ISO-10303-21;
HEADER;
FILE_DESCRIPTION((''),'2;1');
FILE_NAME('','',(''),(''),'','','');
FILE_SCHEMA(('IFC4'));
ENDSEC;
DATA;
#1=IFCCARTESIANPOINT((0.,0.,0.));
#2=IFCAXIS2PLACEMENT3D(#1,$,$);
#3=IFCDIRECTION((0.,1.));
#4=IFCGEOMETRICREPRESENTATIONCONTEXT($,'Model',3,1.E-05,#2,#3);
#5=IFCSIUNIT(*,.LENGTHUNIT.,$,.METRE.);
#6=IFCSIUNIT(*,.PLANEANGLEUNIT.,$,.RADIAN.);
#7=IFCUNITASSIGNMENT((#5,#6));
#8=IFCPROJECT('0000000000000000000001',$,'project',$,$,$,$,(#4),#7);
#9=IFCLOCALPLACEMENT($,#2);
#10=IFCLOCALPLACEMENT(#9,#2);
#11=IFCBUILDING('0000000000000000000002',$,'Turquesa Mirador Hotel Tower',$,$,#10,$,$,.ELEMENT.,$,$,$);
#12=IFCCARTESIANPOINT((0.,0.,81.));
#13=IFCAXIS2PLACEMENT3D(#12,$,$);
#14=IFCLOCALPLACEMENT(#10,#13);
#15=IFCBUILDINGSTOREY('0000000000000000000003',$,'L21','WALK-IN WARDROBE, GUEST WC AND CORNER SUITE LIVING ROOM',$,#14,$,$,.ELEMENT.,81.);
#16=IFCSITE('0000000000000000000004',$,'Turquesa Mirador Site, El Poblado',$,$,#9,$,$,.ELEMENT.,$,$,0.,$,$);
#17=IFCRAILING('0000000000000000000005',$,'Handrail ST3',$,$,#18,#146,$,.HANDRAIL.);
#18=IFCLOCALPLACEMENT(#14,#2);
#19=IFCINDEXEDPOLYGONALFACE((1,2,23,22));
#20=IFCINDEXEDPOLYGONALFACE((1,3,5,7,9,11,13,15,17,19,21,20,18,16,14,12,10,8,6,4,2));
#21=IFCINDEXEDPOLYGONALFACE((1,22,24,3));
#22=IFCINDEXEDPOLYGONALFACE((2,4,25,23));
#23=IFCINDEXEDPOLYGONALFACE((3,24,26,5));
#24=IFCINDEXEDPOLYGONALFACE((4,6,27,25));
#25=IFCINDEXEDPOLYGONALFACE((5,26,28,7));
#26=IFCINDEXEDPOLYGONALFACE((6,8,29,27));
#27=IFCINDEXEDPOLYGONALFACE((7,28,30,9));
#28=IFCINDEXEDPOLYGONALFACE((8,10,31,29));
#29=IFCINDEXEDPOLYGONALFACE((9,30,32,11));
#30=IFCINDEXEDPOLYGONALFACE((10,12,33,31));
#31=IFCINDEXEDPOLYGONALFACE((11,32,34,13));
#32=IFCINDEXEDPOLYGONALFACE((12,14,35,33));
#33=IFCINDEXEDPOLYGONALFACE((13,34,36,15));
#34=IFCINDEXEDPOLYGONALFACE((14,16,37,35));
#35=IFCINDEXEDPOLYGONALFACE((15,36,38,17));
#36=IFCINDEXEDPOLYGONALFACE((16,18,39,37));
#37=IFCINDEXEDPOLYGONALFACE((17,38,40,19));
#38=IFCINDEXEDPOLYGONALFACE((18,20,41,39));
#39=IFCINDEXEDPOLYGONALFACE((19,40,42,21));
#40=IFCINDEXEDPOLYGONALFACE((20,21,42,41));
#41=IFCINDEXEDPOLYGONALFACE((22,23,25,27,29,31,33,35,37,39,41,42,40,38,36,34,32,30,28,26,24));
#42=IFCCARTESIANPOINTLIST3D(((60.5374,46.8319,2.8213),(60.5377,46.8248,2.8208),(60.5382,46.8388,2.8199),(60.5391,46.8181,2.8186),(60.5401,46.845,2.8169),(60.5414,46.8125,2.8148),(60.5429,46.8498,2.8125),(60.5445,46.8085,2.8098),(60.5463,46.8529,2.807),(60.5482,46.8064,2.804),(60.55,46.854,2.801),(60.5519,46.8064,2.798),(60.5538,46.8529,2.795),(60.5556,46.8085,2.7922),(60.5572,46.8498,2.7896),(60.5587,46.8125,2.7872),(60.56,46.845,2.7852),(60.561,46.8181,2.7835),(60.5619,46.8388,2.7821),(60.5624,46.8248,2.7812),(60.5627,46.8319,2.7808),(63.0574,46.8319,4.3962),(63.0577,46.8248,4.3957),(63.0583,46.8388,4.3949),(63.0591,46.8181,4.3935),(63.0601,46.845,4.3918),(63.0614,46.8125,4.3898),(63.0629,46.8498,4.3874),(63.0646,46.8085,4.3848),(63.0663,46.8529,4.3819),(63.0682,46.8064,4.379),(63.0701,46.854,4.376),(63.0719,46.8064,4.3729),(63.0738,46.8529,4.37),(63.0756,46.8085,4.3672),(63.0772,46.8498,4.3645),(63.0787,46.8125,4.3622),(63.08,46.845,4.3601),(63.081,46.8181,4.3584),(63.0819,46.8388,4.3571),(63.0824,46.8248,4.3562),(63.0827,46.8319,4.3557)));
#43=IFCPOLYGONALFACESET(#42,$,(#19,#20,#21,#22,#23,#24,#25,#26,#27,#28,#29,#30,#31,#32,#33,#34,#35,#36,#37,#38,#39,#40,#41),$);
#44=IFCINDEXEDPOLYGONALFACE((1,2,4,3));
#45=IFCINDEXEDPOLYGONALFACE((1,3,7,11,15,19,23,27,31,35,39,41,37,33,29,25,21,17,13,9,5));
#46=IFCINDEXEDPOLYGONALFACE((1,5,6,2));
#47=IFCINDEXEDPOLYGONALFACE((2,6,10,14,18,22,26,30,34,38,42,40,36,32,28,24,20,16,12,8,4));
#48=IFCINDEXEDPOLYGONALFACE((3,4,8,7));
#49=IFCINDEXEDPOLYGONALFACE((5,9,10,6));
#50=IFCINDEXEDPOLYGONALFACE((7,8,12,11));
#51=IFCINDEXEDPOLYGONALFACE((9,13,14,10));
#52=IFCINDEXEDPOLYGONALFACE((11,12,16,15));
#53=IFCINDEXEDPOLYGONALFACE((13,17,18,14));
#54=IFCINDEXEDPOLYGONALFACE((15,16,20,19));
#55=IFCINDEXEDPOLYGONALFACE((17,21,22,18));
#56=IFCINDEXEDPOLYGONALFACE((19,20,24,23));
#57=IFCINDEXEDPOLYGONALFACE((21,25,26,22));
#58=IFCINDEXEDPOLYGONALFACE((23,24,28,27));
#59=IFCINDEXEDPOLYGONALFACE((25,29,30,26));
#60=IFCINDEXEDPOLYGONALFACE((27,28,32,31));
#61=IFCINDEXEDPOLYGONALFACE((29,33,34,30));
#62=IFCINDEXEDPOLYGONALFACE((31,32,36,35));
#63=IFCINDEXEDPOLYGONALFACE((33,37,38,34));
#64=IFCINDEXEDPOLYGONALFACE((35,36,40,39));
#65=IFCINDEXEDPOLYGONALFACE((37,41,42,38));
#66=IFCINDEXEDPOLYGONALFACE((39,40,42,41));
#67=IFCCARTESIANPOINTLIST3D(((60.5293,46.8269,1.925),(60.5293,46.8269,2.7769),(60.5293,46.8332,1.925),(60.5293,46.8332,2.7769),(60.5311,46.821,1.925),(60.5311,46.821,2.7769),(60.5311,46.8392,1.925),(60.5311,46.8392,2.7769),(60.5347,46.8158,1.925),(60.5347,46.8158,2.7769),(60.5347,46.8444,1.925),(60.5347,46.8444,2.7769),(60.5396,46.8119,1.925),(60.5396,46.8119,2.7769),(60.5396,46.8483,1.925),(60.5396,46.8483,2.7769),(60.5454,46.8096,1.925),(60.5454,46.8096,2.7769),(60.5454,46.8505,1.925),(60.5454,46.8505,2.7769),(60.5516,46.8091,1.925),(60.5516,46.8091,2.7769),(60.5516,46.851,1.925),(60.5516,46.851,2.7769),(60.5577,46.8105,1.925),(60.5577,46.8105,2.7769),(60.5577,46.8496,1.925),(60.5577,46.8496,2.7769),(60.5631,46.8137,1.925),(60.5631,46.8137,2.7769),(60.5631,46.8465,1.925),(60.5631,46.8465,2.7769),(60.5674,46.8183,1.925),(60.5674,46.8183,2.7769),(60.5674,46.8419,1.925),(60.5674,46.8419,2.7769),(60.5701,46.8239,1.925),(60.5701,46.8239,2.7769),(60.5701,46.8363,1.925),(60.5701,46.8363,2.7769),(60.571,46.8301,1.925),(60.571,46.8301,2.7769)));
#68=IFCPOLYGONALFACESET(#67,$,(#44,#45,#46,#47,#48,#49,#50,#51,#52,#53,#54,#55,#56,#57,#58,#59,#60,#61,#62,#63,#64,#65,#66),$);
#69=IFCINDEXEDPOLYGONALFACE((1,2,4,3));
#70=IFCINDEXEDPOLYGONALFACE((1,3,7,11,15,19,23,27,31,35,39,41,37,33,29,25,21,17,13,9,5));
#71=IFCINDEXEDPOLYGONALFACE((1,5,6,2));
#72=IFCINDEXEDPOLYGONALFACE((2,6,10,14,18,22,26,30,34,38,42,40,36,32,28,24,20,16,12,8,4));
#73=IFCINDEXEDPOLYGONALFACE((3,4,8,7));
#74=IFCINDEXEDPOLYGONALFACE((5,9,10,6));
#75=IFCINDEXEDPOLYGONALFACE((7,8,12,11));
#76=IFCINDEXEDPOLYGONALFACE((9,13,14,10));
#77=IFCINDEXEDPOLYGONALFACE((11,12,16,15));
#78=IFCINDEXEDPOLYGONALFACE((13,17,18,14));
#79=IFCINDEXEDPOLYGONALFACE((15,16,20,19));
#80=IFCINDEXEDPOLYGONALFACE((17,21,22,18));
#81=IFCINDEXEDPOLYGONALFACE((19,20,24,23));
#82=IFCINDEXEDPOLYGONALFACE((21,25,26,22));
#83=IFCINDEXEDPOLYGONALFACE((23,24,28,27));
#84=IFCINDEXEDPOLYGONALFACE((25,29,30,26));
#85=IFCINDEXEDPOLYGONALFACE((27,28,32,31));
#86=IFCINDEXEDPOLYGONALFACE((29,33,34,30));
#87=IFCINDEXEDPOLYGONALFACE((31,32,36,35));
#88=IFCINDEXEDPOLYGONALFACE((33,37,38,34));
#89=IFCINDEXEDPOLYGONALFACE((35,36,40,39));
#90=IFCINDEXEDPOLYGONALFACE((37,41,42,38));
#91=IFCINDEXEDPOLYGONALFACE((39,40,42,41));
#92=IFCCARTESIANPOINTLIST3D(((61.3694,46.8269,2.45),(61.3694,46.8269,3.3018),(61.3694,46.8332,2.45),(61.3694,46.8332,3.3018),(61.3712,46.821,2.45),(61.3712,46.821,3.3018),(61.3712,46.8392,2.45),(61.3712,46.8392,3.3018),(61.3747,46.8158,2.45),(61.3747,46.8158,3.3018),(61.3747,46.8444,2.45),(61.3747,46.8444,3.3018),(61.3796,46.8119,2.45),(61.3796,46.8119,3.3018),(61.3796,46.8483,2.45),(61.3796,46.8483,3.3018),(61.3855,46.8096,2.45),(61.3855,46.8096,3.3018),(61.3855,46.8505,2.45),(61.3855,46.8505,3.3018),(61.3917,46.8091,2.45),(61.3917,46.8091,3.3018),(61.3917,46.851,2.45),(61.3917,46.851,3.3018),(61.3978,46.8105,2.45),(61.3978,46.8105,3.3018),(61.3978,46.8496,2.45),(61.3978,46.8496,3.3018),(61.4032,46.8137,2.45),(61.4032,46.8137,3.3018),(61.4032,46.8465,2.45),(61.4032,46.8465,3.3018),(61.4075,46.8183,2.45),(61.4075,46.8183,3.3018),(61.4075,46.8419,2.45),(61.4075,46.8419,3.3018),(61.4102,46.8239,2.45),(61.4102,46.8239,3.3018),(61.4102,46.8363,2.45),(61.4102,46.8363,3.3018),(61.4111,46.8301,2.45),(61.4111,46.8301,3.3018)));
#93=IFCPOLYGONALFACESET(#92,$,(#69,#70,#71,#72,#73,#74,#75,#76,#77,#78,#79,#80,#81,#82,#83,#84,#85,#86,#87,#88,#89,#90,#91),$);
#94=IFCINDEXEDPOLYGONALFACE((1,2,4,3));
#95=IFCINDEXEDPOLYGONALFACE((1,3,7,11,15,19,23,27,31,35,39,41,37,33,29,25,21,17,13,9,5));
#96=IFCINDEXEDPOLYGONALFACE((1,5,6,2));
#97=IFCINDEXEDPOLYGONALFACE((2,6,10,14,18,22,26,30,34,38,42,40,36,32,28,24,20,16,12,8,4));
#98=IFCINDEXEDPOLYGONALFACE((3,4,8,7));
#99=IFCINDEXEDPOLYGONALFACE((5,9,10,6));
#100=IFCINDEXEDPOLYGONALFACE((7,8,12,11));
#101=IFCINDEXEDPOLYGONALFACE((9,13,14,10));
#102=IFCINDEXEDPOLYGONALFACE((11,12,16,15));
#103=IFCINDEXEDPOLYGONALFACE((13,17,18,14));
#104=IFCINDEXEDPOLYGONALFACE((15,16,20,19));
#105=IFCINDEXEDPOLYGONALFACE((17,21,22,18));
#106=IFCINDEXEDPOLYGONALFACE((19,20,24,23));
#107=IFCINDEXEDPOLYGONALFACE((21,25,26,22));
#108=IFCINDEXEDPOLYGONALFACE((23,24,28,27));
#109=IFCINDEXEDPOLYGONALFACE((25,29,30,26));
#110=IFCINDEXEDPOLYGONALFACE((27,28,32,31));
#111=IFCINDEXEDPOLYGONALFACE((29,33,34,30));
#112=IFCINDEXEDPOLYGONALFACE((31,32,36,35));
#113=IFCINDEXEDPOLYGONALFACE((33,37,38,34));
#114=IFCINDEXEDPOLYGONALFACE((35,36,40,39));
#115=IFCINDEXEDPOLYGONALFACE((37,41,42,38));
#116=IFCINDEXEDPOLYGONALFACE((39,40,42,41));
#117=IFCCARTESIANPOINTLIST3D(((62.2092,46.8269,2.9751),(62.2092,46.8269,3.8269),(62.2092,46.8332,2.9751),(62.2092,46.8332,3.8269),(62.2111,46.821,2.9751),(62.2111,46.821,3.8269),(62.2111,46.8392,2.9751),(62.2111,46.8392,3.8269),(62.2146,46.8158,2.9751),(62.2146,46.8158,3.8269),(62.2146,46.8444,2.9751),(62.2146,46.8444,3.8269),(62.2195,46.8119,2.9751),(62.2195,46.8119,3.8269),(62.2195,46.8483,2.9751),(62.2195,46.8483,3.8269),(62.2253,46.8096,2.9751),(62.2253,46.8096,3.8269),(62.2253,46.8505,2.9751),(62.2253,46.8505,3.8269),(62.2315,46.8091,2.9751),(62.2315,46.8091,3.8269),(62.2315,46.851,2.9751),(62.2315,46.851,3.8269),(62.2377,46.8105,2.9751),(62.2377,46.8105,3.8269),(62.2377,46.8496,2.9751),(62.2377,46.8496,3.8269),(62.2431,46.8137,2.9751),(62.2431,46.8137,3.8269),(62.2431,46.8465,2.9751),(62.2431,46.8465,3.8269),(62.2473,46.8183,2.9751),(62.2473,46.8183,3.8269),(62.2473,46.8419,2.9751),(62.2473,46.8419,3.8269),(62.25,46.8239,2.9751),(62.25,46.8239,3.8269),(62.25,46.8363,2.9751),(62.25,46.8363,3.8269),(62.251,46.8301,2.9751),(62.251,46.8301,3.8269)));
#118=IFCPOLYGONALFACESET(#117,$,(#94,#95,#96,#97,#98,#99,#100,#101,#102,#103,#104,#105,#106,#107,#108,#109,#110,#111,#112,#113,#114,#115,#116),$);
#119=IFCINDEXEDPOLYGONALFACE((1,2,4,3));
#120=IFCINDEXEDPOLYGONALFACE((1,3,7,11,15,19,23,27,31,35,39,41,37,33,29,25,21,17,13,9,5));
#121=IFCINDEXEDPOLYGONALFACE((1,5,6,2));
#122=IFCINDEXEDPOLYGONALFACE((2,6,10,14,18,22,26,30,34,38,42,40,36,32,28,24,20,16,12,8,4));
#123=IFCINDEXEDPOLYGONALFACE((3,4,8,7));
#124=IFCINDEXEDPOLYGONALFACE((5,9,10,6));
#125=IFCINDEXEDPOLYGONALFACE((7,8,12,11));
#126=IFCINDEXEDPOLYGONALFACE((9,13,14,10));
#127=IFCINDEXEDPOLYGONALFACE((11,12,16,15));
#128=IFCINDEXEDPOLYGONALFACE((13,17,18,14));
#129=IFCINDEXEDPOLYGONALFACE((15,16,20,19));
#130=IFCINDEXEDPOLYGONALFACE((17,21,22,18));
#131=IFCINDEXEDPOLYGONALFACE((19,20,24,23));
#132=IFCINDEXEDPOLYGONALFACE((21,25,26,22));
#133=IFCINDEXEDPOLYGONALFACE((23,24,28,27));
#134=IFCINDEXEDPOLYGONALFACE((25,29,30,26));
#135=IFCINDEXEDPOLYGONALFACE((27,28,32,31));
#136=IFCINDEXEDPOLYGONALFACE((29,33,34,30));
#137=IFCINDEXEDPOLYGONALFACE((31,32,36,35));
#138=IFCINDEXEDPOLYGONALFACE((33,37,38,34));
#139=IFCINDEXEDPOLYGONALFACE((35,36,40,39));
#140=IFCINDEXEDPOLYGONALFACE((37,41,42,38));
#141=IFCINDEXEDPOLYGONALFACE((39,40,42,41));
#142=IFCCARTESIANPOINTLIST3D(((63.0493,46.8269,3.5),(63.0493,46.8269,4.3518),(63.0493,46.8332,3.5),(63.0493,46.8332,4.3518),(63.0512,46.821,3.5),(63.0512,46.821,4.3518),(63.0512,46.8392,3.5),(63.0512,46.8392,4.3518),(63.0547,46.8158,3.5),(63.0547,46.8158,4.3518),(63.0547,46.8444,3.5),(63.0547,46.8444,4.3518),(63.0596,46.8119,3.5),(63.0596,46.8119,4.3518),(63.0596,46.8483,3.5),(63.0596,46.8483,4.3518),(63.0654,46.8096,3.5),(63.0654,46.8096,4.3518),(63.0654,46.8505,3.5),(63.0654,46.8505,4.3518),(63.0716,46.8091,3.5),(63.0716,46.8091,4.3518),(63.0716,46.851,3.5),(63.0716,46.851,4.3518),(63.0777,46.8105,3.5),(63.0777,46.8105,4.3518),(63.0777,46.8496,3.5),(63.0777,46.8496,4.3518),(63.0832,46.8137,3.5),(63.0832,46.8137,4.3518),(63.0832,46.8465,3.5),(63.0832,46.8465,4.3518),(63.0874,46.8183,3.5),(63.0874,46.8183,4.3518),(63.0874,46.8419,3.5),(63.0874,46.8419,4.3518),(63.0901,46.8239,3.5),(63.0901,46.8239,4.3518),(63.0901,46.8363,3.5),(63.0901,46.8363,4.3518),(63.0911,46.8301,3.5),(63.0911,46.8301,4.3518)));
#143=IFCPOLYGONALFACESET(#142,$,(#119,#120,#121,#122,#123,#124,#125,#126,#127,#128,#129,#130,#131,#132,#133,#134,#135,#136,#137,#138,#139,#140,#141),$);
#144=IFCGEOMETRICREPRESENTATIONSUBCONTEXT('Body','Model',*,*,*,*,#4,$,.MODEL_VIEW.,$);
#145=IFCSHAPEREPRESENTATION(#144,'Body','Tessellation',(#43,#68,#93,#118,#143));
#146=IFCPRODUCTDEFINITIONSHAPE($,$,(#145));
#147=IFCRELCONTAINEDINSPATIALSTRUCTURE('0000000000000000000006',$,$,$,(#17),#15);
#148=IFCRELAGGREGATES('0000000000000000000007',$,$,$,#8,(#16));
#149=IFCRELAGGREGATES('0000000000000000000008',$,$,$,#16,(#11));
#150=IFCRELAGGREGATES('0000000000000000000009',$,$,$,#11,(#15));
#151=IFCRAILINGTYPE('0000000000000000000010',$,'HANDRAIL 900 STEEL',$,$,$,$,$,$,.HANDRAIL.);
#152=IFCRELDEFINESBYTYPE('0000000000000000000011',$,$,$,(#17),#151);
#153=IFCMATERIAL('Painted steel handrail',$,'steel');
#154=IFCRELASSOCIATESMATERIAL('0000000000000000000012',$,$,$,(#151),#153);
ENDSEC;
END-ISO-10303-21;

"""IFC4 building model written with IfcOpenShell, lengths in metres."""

from ifc_helpers import new_model, si_unit, direction, frame, origin, origin_2d, place, context, subcontext, project, spatial, circle, extrude, material, type_object, element, save


model = new_model("IFC4")

# Units and contexts
model_context = context("Model", 3, precision=1e-05, world=origin(), true_north=direction((0.0, 1.0)))
body_context = subcontext(model_context, "Body", "Model", "MODEL_VIEW")
ifc_project = project(units=[si_unit("LENGTHUNIT", "METRE"), si_unit("PLANEANGLEUNIT", "RADIAN")], contexts=[model_context])

# Site, building, storey
site_placement = place(None, origin())
site = spatial("IfcSite", under=ifc_project, at=site_placement, Name="Turquesa Mirador Site, El Poblado", CompositionType="ELEMENT", RefElevation=0.0)
building_placement = place(site_placement, origin())
building = spatial("IfcBuilding", under=site, at=building_placement, Name="Turquesa Mirador Hotel Tower", CompositionType="ELEMENT")
storey_placement = place(building_placement, frame((0.0, 0.0, 81.0)))
storey = spatial("IfcBuildingStorey", under=building, at=storey_placement, Name="L21", Description="WALK-IN WARDROBE, GUEST WC AND CORNER SUITE LIVING ROOM", CompositionType="ELEMENT", Elevation=81.0)

# Railing
ifc_material_1 = material(Name="Painted steel handrail", Category="steel")
railing_type = type_object("IfcRailingType", Name="HANDRAIL 900 STEEL", PredefinedType="HANDRAIL", material=ifc_material_1)
railing_1_placement = place(storey_placement, frame((60.55, 46.8301, 1.925)))
element("IfcRailing", 1, at=railing_1_placement, inside=storey, type_object=railing_type, Name="Handrail ST3", PredefinedType="HANDRAIL", context=body_context, shape_type="SweptSolid", body=[
    extrude(circle(Radius=0.0239, at=origin_2d()), frame((0.0, 0.0, 0.876), z_axis=(0.848008, 0.0, 0.529984), x_axis=(0.0, 1.0, 0.0)), (0.0, 0.0, 1.0), 2.9717),
    extrude(circle(Radius=0.021, at=origin_2d()), origin(), (0.0, 0.0, 1.0), 0.8518),
    extrude(circle(Radius=0.021, at=origin_2d()), frame((0.8401, 0.0, 0.5249)), (0.0, 0.0, 1.0), 0.8518),
    extrude(circle(Radius=0.021, at=origin_2d()), frame((1.6799, 0.0, 1.05)), (0.0, 0.0, 1.0), 0.8518),
    extrude(circle(Radius=0.021, at=origin_2d()), frame((2.52, 0.0, 1.575)), (0.0, 0.0, 1.0), 0.8518),
])

save(model, "model.ifc")
